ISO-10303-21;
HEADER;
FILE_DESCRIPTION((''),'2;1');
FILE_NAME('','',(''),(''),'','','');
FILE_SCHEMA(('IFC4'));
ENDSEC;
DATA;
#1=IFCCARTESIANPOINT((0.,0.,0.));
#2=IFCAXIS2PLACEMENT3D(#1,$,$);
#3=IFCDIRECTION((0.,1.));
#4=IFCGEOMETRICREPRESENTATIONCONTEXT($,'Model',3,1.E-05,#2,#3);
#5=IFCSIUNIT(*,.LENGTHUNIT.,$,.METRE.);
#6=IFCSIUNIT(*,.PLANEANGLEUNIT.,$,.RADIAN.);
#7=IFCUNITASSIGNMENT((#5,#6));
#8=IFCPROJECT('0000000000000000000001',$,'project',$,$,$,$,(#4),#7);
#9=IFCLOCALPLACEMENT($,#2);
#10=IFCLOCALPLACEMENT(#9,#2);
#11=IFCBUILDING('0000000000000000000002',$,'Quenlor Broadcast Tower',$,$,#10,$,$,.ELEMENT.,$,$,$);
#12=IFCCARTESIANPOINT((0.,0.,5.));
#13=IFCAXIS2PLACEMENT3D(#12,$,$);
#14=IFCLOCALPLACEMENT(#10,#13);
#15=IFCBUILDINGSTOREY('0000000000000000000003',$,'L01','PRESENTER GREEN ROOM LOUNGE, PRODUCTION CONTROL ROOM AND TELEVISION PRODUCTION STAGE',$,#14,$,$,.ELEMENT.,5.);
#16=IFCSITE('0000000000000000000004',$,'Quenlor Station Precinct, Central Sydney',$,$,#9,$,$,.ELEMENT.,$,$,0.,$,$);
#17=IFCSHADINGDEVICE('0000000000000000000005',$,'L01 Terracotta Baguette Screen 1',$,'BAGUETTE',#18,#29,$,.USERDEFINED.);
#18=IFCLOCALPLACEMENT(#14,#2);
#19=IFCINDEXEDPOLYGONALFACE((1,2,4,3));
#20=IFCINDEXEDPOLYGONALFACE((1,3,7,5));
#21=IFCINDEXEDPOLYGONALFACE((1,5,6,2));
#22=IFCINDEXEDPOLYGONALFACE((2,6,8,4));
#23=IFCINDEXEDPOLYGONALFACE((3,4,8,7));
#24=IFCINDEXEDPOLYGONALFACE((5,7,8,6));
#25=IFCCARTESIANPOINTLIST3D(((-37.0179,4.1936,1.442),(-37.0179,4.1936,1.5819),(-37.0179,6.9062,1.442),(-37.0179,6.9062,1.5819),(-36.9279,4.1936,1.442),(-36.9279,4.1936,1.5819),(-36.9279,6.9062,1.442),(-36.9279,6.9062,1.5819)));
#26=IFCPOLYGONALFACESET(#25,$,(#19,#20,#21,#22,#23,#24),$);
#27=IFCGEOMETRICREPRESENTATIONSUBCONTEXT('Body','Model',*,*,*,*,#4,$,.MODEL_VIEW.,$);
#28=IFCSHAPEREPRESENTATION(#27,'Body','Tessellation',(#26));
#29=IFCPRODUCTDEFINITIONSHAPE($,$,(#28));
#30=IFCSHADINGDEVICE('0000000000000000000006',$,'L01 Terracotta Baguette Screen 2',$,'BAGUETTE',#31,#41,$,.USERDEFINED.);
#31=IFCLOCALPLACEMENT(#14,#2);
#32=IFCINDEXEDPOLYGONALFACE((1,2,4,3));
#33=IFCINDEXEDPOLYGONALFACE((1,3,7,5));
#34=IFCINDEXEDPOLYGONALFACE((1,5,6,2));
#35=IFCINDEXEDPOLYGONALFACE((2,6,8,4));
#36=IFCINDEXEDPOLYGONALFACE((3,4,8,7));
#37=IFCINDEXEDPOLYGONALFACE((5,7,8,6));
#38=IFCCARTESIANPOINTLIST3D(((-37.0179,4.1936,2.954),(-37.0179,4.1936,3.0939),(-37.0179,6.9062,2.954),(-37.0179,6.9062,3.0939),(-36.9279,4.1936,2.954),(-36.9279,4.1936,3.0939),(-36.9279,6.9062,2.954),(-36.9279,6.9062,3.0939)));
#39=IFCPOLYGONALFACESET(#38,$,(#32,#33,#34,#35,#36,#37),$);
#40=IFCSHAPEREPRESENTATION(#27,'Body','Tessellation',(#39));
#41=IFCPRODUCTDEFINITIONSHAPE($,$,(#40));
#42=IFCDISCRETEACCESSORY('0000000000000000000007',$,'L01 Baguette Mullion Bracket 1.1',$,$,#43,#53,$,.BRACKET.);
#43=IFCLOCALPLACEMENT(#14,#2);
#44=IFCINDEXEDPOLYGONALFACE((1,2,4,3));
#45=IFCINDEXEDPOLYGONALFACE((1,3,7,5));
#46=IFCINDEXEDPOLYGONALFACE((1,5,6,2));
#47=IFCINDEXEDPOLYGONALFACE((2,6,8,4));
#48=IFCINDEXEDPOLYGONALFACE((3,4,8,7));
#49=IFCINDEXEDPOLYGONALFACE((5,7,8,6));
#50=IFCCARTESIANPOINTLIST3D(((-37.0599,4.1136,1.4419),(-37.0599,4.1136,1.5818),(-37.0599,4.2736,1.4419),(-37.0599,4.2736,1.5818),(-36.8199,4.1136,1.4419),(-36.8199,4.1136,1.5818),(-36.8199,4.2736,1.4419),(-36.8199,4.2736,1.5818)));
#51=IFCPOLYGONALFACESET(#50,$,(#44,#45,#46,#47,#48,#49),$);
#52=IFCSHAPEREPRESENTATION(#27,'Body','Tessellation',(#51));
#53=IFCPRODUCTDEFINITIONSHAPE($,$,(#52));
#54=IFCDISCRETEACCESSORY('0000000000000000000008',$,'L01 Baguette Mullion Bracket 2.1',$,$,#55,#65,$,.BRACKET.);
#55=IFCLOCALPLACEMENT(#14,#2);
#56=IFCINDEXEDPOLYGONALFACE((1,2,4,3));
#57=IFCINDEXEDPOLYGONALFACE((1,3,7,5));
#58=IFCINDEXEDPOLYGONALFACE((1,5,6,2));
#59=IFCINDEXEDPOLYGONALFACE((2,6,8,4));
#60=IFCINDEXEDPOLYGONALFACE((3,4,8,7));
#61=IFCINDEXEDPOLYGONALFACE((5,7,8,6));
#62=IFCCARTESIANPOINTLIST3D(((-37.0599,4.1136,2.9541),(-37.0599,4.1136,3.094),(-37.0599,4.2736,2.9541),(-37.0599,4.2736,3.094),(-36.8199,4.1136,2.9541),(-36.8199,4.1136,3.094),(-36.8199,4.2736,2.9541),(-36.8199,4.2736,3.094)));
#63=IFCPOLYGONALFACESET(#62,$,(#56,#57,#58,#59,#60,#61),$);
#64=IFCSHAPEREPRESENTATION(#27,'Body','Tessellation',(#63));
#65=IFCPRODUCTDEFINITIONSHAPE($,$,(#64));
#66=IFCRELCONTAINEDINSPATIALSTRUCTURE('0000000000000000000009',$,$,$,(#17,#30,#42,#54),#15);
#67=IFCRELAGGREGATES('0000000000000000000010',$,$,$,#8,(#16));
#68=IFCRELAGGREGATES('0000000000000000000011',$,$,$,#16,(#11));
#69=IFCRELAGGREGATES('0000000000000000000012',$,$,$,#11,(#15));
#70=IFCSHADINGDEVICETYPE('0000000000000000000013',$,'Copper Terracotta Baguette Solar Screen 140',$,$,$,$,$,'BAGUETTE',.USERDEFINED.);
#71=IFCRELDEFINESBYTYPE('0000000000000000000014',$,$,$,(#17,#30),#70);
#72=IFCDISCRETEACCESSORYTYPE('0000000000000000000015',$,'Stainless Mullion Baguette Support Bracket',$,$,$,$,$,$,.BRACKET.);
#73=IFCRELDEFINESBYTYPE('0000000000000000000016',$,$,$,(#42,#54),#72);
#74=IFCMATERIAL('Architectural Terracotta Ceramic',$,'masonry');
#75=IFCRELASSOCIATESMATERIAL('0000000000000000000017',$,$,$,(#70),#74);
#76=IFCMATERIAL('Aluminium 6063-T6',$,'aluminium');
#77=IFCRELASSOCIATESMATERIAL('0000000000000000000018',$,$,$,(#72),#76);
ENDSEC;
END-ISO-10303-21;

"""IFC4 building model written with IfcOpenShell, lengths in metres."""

from ifc_helpers import new_model, si_unit, direction, frame, origin, origin_2d, place, context, subcontext, project, spatial, rectangle, extrude, material, material_profile, profile_set, type_object, element, save


model = new_model("IFC4")

# Units and contexts
model_context = context("Model", 3, precision=1e-05, world=origin(), true_north=direction((0.0, 1.0)))
body_context = subcontext(model_context, "Body", "Model", "MODEL_VIEW")
ifc_project = project(units=[si_unit("LENGTHUNIT", "METRE"), si_unit("PLANEANGLEUNIT", "RADIAN")], contexts=[model_context])

# Site, building, storey
site_placement = place(None, origin())
site = spatial("IfcSite", under=ifc_project, at=site_placement, Name="Quenlor Station Precinct, Central Sydney", CompositionType="ELEMENT", RefElevation=0.0)
building_placement = place(site_placement, origin())
building = spatial("IfcBuilding", under=site, at=building_placement, Name="Quenlor Broadcast Tower", CompositionType="ELEMENT")
storey_placement = place(building_placement, frame((0.0, 0.0, 5.0)))
storey = spatial("IfcBuildingStorey", under=building, at=storey_placement, Name="L01", Description="PRESENTER GREEN ROOM LOUNGE, PRODUCTION CONTROL ROOM AND TELEVISION PRODUCTION STAGE", CompositionType="ELEMENT", Elevation=5.0)

# Shading devices
ifc_material_1 = material(Name="Architectural Terracotta Ceramic", Category="masonry")
ifc_material_profile_1 = material_profile(ifc_material_1, rectangle(XDim=0.0901, YDim=0.1399, at=origin_2d()))
ifc_profile_set_1 = profile_set([ifc_material_profile_1], Name="Architectural Terracotta Ceramic BAG90x140")
shading_device_type = type_object("IfcShadingDeviceType", Name="Copper Terracotta Baguette Solar Screen 140", ElementType="BAGUETTE", PredefinedType="USERDEFINED", material=ifc_profile_set_1)
for number, where, z_axis, x_axis, name in (
    (1, (-36.9729, 4.1936, 1.512), (0.0, 1.0, 0.0), (-1.0, 0.0, 0.0), "L01 Terracotta Baguette Screen 1"),
    (2, (-36.9729, 4.1936, 3.0239), (0.0, 1.0, 0.0), (-1.0, 0.0, 0.0), "L01 Terracotta Baguette Screen 2"),
):
    element("IfcShadingDevice", number, at=place(storey_placement, frame(where, z_axis=z_axis, x_axis=x_axis)), inside=storey, type_object=shading_device_type, Name=name, ObjectType="BAGUETTE", PredefinedType="USERDEFINED", context=body_context, shape_type="SweptSolid", body=[
        extrude(rectangle(XDim=0.0901, YDim=0.1399, at=origin_2d()), origin(), (0.0, 0.0, 1.0), 2.7126),
    ])

# Discrete accessories
ifc_material_2 = material(Name="Aluminium 6063-T6", Category="aluminium")
discrete_accessory_type = type_object("IfcDiscreteAccessoryType", Name="Stainless Mullion Baguette Support Bracket", PredefinedType="BRACKET", material=ifc_material_2)
for number, where, z_axis, x_axis, name in (
    (3, (-36.9399, 4.1936, 1.4419), (0.0, 0.0, 1.0), (0.0, 1.0, 0.0), "L01 Baguette Mullion Bracket 1.1"),
    (4, (-36.9399, 4.1936, 2.9541), (0.0, 0.0, 1.0), (0.0, 1.0, 0.0), "L01 Baguette Mullion Bracket 2.1"),
):
    element("IfcDiscreteAccessory", number, at=place(storey_placement, frame(where, z_axis=z_axis, x_axis=x_axis)), inside=storey, type_object=discrete_accessory_type, Name=name, PredefinedType="BRACKET", context=body_context, shape_type="SweptSolid", body=[
        extrude(rectangle(XDim=0.1599, YDim=0.24, at=origin_2d()), origin(), (0.0, 0.0, 1.0), 0.1399),
    ])

save(model, "model.ifc")
